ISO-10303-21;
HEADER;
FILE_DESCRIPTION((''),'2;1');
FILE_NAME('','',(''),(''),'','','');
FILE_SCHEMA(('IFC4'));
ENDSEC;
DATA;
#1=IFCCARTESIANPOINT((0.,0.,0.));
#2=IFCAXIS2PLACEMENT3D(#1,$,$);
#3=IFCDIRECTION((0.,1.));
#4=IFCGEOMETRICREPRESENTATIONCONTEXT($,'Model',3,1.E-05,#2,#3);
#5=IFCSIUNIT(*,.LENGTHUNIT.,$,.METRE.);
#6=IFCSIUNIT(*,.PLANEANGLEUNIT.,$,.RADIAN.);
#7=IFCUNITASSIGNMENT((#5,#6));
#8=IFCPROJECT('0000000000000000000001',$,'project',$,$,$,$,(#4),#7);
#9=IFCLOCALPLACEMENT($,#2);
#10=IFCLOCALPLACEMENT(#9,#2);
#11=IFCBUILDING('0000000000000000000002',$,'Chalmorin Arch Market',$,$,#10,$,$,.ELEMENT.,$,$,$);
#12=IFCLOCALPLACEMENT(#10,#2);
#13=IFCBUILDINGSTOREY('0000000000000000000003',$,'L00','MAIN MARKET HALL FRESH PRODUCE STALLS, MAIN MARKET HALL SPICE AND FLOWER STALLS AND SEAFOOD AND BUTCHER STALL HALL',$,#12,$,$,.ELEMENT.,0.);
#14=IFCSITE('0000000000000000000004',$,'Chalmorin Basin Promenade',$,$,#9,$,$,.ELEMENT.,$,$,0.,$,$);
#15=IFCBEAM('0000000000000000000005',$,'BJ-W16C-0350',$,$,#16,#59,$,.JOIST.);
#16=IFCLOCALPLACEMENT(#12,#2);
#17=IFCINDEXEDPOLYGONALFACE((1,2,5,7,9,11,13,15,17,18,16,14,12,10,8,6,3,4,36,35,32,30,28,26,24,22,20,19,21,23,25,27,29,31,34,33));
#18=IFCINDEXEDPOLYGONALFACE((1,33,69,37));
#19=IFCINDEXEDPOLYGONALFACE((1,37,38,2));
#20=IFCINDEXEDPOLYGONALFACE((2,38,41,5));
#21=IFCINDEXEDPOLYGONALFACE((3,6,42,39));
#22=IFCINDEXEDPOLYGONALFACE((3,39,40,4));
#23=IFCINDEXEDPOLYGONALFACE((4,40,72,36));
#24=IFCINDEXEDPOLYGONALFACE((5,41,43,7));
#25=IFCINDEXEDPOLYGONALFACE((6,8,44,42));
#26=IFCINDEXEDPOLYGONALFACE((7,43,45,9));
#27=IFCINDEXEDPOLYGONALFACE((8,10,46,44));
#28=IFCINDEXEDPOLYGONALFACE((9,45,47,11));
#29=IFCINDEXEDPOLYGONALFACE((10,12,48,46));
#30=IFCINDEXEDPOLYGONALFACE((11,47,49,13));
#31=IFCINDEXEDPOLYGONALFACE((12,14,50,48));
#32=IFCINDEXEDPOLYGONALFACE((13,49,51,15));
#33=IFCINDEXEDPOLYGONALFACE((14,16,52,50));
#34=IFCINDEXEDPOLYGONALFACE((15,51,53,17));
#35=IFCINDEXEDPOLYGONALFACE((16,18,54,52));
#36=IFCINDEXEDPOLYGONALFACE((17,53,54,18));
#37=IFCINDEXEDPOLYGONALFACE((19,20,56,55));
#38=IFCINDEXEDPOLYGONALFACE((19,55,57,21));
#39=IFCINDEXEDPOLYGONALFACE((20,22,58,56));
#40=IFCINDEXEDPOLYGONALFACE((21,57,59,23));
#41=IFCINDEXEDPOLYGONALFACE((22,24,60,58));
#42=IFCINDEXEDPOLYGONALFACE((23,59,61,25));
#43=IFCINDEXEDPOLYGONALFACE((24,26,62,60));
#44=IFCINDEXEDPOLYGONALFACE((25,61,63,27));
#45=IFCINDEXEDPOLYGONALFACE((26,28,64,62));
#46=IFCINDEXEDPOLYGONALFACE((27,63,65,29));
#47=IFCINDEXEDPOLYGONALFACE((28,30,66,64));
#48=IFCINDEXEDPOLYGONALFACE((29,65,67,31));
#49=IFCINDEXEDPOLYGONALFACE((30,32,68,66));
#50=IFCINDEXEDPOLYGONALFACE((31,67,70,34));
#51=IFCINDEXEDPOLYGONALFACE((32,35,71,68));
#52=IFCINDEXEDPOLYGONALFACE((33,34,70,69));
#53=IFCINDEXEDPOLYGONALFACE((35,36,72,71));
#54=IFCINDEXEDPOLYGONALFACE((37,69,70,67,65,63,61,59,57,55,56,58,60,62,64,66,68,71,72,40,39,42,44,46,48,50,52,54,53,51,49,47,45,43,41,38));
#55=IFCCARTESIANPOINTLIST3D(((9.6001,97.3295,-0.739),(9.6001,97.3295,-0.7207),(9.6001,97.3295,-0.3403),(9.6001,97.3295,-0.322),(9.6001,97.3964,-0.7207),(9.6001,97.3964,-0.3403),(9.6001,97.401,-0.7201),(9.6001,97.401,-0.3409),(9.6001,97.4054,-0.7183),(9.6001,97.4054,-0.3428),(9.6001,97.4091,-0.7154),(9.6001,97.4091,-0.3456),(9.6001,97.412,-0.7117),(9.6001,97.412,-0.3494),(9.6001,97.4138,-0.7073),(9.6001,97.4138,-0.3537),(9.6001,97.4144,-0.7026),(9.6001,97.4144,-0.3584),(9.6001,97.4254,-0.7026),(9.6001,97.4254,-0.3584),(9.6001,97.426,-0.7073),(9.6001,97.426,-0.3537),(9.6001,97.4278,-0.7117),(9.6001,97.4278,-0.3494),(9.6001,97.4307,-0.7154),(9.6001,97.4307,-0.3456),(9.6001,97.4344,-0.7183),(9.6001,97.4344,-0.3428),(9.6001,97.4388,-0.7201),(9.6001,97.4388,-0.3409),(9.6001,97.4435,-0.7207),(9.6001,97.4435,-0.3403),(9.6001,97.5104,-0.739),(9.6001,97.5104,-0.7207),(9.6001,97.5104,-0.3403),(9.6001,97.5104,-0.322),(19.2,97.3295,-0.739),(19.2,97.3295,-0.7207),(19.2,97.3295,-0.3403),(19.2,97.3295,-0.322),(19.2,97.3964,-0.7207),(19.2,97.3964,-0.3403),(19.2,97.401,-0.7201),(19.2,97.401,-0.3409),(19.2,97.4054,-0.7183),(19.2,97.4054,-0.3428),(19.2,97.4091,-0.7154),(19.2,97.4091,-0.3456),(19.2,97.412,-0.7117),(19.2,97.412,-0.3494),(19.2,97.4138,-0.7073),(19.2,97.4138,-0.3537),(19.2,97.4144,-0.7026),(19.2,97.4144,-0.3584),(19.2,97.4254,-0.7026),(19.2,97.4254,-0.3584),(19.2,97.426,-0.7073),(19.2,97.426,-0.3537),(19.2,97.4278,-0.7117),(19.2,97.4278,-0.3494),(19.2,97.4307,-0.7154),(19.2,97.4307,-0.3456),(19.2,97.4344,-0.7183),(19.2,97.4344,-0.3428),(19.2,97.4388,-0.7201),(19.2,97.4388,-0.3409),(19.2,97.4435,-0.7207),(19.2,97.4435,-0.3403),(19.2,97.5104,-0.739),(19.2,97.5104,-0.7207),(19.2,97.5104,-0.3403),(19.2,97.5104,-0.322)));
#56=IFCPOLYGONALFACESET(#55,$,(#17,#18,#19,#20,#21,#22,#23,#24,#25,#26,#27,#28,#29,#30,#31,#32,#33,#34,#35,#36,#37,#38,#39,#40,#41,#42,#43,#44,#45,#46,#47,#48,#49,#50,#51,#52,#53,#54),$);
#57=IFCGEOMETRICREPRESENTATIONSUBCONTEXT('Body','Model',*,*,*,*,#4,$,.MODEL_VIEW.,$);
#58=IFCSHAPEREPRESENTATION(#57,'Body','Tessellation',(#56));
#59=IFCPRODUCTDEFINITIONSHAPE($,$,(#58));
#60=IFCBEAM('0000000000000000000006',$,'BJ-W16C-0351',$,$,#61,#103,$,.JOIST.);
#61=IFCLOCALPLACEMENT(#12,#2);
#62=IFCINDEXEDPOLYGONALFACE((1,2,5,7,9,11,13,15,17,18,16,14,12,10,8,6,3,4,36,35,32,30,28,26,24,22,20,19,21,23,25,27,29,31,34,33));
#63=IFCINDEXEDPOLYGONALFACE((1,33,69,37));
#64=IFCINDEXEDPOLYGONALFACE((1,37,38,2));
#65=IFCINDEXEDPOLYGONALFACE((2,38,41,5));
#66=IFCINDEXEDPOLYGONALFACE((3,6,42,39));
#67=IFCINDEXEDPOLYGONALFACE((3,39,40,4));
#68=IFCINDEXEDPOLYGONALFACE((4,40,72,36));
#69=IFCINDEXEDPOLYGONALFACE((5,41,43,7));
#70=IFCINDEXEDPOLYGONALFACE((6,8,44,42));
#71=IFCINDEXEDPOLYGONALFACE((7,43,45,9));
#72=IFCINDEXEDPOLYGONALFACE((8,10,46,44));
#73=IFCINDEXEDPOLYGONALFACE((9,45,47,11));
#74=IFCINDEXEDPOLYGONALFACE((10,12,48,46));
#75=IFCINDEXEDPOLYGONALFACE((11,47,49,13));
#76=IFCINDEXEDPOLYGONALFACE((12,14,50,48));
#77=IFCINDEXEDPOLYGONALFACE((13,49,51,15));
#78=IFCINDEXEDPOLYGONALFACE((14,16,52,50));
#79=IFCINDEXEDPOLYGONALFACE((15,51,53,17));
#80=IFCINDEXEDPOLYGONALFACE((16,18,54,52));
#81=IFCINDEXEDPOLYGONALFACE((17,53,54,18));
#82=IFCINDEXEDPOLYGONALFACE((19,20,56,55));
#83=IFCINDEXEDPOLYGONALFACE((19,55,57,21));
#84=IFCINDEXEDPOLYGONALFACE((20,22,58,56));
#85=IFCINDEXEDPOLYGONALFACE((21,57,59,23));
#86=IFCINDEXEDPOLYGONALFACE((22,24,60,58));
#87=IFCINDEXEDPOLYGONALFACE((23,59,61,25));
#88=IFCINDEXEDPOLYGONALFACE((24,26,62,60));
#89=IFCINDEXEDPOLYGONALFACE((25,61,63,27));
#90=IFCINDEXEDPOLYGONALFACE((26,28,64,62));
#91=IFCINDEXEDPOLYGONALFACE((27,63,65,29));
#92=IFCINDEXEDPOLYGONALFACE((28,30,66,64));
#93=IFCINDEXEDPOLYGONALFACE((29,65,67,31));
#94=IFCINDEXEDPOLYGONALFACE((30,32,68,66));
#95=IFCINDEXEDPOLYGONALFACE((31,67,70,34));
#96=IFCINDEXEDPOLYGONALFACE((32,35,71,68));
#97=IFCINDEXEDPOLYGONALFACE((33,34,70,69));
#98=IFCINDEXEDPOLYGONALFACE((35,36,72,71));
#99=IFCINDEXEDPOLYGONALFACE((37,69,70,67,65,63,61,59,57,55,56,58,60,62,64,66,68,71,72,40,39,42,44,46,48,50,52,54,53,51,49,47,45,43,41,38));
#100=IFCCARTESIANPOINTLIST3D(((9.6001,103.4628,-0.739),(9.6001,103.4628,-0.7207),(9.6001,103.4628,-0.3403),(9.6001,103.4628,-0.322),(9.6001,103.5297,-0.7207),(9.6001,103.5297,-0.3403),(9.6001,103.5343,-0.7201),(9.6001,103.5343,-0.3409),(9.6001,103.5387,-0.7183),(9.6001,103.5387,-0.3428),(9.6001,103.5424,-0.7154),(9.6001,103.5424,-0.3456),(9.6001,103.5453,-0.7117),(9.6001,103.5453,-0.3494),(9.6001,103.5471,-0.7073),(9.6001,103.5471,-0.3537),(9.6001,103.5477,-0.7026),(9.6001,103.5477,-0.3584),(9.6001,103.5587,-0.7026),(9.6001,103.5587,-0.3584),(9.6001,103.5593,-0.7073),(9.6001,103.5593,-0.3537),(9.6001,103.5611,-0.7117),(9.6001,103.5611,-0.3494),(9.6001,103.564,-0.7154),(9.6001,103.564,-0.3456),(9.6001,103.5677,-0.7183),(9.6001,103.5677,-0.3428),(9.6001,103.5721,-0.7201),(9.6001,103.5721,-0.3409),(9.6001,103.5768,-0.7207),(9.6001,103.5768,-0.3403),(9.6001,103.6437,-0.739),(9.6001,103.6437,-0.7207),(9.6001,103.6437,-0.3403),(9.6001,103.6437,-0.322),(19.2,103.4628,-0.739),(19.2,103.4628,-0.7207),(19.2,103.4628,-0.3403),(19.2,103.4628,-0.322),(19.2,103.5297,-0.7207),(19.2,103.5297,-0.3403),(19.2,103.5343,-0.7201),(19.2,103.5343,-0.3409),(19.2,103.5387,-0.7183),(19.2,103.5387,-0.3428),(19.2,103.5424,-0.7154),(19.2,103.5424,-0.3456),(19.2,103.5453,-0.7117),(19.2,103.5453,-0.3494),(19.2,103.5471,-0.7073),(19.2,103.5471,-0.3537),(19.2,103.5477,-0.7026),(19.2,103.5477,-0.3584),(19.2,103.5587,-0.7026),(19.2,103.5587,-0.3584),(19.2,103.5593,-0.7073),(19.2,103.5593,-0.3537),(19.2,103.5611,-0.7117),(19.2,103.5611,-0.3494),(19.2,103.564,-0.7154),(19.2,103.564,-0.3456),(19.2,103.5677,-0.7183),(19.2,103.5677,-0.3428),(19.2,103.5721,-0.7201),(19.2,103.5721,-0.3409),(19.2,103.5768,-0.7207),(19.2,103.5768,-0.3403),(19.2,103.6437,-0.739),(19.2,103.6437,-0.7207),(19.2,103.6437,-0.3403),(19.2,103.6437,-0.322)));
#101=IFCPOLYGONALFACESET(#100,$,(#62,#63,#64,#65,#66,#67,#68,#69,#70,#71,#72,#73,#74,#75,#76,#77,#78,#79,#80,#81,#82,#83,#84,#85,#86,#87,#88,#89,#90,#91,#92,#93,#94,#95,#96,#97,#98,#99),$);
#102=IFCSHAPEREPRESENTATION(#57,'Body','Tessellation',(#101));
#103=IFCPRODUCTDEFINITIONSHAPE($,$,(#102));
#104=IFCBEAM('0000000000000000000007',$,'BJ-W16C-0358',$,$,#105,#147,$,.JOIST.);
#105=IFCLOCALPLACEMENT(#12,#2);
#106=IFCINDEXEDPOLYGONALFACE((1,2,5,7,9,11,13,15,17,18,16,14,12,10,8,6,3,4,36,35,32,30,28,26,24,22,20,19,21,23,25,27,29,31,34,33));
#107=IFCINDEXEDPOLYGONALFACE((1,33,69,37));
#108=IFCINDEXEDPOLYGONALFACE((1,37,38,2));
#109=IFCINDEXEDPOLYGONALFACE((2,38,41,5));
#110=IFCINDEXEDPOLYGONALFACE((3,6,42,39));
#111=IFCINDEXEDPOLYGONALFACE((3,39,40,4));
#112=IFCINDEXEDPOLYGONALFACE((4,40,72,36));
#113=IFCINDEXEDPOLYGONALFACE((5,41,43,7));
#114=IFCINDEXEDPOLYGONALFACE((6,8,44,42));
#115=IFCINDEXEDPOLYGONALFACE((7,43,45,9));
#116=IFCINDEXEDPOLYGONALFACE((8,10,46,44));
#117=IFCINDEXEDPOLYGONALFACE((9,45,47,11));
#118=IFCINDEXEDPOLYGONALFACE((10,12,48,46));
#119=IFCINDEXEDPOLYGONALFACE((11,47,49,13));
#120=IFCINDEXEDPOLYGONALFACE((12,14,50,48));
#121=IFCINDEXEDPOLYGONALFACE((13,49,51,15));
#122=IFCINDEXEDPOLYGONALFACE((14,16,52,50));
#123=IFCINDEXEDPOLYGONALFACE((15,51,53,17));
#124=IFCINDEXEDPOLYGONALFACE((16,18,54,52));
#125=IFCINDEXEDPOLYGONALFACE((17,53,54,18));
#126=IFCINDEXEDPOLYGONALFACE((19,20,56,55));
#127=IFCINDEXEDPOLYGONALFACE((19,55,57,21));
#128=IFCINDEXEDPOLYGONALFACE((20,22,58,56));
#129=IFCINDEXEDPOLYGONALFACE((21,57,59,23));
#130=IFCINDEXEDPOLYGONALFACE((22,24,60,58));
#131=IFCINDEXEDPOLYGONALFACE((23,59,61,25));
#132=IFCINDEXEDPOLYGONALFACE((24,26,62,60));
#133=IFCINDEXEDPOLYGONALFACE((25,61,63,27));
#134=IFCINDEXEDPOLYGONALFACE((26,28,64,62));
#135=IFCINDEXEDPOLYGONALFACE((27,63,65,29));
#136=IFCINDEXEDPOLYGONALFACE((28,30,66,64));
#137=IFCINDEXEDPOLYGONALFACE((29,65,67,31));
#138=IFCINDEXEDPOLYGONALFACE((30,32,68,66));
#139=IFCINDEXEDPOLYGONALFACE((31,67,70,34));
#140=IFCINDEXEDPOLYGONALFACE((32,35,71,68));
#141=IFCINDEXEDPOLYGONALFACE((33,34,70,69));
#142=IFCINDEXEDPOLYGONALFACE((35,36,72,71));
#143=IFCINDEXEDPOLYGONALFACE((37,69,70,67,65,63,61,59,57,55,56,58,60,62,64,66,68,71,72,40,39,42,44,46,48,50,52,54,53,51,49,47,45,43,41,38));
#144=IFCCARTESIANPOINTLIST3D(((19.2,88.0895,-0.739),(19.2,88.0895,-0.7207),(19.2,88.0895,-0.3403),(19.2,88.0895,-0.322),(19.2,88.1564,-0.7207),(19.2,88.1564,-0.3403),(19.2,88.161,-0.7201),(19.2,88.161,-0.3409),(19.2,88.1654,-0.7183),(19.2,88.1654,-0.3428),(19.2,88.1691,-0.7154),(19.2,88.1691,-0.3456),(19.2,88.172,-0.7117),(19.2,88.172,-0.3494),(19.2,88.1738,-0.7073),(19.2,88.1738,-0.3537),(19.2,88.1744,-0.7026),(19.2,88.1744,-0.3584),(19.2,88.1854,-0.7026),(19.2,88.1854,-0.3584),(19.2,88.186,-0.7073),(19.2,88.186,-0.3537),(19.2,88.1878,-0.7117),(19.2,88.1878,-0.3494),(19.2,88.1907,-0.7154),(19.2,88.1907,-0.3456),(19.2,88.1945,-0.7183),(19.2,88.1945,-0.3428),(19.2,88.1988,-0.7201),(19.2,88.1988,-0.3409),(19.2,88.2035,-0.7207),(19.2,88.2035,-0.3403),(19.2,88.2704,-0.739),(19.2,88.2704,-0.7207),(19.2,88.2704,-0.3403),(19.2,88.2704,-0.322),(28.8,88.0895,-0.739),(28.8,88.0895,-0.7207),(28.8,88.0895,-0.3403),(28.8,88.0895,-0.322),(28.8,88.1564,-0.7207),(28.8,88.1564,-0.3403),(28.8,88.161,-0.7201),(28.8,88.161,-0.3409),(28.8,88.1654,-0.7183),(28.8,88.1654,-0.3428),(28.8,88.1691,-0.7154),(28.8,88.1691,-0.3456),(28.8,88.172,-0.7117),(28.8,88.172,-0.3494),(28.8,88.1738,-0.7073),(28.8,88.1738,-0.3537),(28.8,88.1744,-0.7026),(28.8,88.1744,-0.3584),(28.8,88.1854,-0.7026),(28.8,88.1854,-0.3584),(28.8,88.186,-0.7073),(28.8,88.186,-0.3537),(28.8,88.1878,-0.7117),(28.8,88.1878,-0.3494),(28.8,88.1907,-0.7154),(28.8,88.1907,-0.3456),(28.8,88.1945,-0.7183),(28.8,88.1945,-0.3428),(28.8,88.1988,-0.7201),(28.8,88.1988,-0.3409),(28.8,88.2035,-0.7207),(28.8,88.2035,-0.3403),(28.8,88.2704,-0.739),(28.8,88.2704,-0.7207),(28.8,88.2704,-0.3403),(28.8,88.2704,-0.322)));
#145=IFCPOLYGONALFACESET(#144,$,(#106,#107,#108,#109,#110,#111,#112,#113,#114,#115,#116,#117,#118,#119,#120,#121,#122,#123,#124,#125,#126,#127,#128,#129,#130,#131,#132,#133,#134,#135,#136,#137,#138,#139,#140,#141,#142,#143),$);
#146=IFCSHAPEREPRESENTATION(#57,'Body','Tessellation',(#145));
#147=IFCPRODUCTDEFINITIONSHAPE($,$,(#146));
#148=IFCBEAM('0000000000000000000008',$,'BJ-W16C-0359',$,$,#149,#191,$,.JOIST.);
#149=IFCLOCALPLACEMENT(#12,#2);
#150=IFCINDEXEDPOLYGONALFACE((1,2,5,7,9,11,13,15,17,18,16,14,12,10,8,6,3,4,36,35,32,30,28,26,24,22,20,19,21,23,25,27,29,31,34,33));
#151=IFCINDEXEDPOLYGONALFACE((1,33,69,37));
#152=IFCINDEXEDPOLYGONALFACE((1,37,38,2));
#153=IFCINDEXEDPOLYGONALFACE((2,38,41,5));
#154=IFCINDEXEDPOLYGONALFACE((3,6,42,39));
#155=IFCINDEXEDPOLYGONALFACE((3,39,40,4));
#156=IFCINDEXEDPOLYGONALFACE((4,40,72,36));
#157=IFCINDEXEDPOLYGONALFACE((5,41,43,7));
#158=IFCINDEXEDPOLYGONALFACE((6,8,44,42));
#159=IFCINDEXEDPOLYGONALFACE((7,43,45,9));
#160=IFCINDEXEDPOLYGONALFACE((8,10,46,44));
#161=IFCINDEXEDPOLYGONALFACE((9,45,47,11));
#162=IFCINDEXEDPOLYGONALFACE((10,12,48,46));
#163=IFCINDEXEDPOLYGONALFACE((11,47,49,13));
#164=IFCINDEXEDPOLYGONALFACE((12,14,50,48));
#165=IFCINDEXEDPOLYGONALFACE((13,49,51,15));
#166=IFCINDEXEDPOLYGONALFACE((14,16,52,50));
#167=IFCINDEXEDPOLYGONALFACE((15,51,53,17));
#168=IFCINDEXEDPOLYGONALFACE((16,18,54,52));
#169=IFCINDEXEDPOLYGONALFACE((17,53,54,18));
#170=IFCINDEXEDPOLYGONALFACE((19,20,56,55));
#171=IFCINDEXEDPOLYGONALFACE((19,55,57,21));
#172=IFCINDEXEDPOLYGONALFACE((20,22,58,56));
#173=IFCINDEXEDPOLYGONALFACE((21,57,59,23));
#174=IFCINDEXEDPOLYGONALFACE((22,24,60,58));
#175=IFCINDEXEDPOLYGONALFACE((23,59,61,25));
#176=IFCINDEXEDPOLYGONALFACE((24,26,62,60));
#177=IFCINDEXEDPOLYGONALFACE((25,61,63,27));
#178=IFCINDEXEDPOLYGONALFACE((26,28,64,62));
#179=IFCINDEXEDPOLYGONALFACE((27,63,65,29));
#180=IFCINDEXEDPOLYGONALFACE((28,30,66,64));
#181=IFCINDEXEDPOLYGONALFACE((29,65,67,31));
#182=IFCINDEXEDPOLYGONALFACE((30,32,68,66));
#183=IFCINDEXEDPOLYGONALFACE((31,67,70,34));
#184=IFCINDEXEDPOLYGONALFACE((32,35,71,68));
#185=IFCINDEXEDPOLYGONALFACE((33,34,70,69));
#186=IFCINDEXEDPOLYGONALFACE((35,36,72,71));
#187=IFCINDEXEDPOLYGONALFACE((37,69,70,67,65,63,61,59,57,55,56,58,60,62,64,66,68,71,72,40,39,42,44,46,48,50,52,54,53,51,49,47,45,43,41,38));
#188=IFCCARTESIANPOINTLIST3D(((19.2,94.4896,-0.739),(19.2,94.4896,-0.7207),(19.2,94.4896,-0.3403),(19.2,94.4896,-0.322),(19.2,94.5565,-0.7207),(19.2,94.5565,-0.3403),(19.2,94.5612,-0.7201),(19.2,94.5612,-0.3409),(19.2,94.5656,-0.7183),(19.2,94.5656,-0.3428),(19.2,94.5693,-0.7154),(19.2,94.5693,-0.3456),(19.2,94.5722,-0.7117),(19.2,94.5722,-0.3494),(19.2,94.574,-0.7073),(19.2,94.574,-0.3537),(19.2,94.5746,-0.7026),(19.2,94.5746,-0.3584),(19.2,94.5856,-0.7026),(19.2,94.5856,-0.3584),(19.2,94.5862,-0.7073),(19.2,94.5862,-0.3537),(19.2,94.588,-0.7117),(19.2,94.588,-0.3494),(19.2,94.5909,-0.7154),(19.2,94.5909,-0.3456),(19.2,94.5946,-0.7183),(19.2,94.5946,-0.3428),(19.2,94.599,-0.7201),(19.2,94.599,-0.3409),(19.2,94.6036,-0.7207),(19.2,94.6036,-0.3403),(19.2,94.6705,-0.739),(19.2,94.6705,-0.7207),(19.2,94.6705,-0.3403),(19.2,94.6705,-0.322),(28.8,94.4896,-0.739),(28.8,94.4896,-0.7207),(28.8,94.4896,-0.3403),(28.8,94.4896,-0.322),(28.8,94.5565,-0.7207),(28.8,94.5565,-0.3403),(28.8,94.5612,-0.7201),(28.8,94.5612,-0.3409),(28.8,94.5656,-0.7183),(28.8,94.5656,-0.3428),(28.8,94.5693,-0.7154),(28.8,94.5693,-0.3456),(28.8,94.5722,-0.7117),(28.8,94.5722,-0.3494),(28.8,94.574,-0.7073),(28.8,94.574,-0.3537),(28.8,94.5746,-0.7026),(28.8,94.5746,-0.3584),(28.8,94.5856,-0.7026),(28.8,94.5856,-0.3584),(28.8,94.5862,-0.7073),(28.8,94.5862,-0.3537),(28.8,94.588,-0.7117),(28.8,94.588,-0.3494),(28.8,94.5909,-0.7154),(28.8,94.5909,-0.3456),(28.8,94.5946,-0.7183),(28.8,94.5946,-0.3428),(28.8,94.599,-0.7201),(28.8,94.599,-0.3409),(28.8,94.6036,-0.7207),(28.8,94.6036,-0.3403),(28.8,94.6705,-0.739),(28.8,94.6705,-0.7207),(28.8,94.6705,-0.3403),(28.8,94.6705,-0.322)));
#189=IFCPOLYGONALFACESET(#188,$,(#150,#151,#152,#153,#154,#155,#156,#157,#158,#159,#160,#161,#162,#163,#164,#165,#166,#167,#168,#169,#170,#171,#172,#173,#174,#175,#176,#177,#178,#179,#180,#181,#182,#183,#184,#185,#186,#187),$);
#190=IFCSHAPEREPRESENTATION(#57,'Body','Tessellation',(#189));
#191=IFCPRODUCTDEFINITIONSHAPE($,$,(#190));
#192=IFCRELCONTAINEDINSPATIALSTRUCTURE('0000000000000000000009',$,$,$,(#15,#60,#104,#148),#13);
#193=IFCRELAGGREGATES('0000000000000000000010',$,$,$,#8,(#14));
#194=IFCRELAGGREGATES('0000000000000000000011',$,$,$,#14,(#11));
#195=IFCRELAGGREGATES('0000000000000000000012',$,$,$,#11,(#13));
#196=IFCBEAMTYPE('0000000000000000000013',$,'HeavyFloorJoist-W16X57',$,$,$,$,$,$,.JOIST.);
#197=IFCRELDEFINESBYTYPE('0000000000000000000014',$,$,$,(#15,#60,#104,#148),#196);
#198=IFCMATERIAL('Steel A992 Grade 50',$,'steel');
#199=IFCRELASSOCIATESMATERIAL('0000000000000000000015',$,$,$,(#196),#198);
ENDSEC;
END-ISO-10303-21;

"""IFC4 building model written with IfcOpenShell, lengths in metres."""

from ifc_helpers import new_model, si_unit, direction, frame, origin, origin_2d, place, context, subcontext, project, spatial, i_section, extrude, material, material_profile, profile_set, type_object, element, save


model = new_model("IFC4")

# Units and contexts
model_context = context("Model", 3, precision=1e-05, world=origin(), true_north=direction((0.0, 1.0)))
body_context = subcontext(model_context, "Body", "Model", "MODEL_VIEW")
ifc_project = project(units=[si_unit("LENGTHUNIT", "METRE"), si_unit("PLANEANGLEUNIT", "RADIAN")], contexts=[model_context])

# Site, building, storey
site_placement = place(None, origin())
site = spatial("IfcSite", under=ifc_project, at=site_placement, Name="Chalmorin Basin Promenade", CompositionType="ELEMENT", RefElevation=0.0)
building_placement = place(site_placement, origin())
building = spatial("IfcBuilding", under=site, at=building_placement, Name="Chalmorin Arch Market", CompositionType="ELEMENT")
storey_placement = place(building_placement, origin())
storey = spatial("IfcBuildingStorey", under=building, at=storey_placement, Name="L00", Description="MAIN MARKET HALL FRESH PRODUCE STALLS, MAIN MARKET HALL SPICE AND FLOWER STALLS AND SEAFOOD AND BUTCHER STALL HALL", CompositionType="ELEMENT", Elevation=0.0)

# Beams
ifc_material_1 = material(Name="Steel A992 Grade 50", Category="steel")
ifc_material_profile_1 = material_profile(ifc_material_1, i_section(OverallWidth=0.1809, OverallDepth=0.417, WebThickness=0.011, FlangeThickness=0.0183, FilletRadius=0.0181, at=origin_2d()), Name="W16X57")
ifc_profile_set_1 = profile_set([ifc_material_profile_1], Name="Steel A992 Grade 50")
beam_type_1 = type_object("IfcBeamType", Name="HeavyFloorJoist-W16X57", PredefinedType="JOIST", material=ifc_profile_set_1)
for number, where, z_axis, x_axis, name in (
    (1, (9.6001, 97.4199, -0.5305), (1.0, 0.0, 0.0), (0.0, 1.0, 0.0), "BJ-W16C-0350"),
    (2, (9.6001, 103.5532, -0.5305), (1.0, 0.0, 0.0), (0.0, 1.0, 0.0), "BJ-W16C-0351"),
):
    element("IfcBeam", number, at=place(storey_placement, frame(where, z_axis=z_axis, x_axis=x_axis)), inside=storey, type_object=beam_type_1, Name=name, PredefinedType="JOIST", context=body_context, shape_type="SweptSolid", body=[
        extrude(i_section(OverallWidth=0.1809, OverallDepth=0.417, WebThickness=0.011, FlangeThickness=0.0183, FilletRadius=0.0181, at=origin_2d()), origin(), (0.0, 0.0, 1.0), 9.5999),
    ])
for number, where, z_axis, x_axis, name in (
    (3, (19.2, 88.1799, -0.5305), (1.0, 0.0, 0.0), (0.0, 1.0, 0.0), "BJ-W16C-0358"),
    (4, (19.2, 94.5801, -0.5305), (1.0, 0.0, 0.0), (0.0, 1.0, 0.0), "BJ-W16C-0359"),
):
    element("IfcBeam", number, at=place(storey_placement, frame(where, z_axis=z_axis, x_axis=x_axis)), inside=storey, type_object=beam_type_1, Name=name, PredefinedType="JOIST", context=body_context, shape_type="SweptSolid", body=[
        extrude(i_section(OverallWidth=0.1809, OverallDepth=0.417, WebThickness=0.011, FlangeThickness=0.0183, FilletRadius=0.0181, at=origin_2d()), origin(), (0.0, 0.0, 1.0), 9.6001),
    ])

save(model, "model.ifc")
